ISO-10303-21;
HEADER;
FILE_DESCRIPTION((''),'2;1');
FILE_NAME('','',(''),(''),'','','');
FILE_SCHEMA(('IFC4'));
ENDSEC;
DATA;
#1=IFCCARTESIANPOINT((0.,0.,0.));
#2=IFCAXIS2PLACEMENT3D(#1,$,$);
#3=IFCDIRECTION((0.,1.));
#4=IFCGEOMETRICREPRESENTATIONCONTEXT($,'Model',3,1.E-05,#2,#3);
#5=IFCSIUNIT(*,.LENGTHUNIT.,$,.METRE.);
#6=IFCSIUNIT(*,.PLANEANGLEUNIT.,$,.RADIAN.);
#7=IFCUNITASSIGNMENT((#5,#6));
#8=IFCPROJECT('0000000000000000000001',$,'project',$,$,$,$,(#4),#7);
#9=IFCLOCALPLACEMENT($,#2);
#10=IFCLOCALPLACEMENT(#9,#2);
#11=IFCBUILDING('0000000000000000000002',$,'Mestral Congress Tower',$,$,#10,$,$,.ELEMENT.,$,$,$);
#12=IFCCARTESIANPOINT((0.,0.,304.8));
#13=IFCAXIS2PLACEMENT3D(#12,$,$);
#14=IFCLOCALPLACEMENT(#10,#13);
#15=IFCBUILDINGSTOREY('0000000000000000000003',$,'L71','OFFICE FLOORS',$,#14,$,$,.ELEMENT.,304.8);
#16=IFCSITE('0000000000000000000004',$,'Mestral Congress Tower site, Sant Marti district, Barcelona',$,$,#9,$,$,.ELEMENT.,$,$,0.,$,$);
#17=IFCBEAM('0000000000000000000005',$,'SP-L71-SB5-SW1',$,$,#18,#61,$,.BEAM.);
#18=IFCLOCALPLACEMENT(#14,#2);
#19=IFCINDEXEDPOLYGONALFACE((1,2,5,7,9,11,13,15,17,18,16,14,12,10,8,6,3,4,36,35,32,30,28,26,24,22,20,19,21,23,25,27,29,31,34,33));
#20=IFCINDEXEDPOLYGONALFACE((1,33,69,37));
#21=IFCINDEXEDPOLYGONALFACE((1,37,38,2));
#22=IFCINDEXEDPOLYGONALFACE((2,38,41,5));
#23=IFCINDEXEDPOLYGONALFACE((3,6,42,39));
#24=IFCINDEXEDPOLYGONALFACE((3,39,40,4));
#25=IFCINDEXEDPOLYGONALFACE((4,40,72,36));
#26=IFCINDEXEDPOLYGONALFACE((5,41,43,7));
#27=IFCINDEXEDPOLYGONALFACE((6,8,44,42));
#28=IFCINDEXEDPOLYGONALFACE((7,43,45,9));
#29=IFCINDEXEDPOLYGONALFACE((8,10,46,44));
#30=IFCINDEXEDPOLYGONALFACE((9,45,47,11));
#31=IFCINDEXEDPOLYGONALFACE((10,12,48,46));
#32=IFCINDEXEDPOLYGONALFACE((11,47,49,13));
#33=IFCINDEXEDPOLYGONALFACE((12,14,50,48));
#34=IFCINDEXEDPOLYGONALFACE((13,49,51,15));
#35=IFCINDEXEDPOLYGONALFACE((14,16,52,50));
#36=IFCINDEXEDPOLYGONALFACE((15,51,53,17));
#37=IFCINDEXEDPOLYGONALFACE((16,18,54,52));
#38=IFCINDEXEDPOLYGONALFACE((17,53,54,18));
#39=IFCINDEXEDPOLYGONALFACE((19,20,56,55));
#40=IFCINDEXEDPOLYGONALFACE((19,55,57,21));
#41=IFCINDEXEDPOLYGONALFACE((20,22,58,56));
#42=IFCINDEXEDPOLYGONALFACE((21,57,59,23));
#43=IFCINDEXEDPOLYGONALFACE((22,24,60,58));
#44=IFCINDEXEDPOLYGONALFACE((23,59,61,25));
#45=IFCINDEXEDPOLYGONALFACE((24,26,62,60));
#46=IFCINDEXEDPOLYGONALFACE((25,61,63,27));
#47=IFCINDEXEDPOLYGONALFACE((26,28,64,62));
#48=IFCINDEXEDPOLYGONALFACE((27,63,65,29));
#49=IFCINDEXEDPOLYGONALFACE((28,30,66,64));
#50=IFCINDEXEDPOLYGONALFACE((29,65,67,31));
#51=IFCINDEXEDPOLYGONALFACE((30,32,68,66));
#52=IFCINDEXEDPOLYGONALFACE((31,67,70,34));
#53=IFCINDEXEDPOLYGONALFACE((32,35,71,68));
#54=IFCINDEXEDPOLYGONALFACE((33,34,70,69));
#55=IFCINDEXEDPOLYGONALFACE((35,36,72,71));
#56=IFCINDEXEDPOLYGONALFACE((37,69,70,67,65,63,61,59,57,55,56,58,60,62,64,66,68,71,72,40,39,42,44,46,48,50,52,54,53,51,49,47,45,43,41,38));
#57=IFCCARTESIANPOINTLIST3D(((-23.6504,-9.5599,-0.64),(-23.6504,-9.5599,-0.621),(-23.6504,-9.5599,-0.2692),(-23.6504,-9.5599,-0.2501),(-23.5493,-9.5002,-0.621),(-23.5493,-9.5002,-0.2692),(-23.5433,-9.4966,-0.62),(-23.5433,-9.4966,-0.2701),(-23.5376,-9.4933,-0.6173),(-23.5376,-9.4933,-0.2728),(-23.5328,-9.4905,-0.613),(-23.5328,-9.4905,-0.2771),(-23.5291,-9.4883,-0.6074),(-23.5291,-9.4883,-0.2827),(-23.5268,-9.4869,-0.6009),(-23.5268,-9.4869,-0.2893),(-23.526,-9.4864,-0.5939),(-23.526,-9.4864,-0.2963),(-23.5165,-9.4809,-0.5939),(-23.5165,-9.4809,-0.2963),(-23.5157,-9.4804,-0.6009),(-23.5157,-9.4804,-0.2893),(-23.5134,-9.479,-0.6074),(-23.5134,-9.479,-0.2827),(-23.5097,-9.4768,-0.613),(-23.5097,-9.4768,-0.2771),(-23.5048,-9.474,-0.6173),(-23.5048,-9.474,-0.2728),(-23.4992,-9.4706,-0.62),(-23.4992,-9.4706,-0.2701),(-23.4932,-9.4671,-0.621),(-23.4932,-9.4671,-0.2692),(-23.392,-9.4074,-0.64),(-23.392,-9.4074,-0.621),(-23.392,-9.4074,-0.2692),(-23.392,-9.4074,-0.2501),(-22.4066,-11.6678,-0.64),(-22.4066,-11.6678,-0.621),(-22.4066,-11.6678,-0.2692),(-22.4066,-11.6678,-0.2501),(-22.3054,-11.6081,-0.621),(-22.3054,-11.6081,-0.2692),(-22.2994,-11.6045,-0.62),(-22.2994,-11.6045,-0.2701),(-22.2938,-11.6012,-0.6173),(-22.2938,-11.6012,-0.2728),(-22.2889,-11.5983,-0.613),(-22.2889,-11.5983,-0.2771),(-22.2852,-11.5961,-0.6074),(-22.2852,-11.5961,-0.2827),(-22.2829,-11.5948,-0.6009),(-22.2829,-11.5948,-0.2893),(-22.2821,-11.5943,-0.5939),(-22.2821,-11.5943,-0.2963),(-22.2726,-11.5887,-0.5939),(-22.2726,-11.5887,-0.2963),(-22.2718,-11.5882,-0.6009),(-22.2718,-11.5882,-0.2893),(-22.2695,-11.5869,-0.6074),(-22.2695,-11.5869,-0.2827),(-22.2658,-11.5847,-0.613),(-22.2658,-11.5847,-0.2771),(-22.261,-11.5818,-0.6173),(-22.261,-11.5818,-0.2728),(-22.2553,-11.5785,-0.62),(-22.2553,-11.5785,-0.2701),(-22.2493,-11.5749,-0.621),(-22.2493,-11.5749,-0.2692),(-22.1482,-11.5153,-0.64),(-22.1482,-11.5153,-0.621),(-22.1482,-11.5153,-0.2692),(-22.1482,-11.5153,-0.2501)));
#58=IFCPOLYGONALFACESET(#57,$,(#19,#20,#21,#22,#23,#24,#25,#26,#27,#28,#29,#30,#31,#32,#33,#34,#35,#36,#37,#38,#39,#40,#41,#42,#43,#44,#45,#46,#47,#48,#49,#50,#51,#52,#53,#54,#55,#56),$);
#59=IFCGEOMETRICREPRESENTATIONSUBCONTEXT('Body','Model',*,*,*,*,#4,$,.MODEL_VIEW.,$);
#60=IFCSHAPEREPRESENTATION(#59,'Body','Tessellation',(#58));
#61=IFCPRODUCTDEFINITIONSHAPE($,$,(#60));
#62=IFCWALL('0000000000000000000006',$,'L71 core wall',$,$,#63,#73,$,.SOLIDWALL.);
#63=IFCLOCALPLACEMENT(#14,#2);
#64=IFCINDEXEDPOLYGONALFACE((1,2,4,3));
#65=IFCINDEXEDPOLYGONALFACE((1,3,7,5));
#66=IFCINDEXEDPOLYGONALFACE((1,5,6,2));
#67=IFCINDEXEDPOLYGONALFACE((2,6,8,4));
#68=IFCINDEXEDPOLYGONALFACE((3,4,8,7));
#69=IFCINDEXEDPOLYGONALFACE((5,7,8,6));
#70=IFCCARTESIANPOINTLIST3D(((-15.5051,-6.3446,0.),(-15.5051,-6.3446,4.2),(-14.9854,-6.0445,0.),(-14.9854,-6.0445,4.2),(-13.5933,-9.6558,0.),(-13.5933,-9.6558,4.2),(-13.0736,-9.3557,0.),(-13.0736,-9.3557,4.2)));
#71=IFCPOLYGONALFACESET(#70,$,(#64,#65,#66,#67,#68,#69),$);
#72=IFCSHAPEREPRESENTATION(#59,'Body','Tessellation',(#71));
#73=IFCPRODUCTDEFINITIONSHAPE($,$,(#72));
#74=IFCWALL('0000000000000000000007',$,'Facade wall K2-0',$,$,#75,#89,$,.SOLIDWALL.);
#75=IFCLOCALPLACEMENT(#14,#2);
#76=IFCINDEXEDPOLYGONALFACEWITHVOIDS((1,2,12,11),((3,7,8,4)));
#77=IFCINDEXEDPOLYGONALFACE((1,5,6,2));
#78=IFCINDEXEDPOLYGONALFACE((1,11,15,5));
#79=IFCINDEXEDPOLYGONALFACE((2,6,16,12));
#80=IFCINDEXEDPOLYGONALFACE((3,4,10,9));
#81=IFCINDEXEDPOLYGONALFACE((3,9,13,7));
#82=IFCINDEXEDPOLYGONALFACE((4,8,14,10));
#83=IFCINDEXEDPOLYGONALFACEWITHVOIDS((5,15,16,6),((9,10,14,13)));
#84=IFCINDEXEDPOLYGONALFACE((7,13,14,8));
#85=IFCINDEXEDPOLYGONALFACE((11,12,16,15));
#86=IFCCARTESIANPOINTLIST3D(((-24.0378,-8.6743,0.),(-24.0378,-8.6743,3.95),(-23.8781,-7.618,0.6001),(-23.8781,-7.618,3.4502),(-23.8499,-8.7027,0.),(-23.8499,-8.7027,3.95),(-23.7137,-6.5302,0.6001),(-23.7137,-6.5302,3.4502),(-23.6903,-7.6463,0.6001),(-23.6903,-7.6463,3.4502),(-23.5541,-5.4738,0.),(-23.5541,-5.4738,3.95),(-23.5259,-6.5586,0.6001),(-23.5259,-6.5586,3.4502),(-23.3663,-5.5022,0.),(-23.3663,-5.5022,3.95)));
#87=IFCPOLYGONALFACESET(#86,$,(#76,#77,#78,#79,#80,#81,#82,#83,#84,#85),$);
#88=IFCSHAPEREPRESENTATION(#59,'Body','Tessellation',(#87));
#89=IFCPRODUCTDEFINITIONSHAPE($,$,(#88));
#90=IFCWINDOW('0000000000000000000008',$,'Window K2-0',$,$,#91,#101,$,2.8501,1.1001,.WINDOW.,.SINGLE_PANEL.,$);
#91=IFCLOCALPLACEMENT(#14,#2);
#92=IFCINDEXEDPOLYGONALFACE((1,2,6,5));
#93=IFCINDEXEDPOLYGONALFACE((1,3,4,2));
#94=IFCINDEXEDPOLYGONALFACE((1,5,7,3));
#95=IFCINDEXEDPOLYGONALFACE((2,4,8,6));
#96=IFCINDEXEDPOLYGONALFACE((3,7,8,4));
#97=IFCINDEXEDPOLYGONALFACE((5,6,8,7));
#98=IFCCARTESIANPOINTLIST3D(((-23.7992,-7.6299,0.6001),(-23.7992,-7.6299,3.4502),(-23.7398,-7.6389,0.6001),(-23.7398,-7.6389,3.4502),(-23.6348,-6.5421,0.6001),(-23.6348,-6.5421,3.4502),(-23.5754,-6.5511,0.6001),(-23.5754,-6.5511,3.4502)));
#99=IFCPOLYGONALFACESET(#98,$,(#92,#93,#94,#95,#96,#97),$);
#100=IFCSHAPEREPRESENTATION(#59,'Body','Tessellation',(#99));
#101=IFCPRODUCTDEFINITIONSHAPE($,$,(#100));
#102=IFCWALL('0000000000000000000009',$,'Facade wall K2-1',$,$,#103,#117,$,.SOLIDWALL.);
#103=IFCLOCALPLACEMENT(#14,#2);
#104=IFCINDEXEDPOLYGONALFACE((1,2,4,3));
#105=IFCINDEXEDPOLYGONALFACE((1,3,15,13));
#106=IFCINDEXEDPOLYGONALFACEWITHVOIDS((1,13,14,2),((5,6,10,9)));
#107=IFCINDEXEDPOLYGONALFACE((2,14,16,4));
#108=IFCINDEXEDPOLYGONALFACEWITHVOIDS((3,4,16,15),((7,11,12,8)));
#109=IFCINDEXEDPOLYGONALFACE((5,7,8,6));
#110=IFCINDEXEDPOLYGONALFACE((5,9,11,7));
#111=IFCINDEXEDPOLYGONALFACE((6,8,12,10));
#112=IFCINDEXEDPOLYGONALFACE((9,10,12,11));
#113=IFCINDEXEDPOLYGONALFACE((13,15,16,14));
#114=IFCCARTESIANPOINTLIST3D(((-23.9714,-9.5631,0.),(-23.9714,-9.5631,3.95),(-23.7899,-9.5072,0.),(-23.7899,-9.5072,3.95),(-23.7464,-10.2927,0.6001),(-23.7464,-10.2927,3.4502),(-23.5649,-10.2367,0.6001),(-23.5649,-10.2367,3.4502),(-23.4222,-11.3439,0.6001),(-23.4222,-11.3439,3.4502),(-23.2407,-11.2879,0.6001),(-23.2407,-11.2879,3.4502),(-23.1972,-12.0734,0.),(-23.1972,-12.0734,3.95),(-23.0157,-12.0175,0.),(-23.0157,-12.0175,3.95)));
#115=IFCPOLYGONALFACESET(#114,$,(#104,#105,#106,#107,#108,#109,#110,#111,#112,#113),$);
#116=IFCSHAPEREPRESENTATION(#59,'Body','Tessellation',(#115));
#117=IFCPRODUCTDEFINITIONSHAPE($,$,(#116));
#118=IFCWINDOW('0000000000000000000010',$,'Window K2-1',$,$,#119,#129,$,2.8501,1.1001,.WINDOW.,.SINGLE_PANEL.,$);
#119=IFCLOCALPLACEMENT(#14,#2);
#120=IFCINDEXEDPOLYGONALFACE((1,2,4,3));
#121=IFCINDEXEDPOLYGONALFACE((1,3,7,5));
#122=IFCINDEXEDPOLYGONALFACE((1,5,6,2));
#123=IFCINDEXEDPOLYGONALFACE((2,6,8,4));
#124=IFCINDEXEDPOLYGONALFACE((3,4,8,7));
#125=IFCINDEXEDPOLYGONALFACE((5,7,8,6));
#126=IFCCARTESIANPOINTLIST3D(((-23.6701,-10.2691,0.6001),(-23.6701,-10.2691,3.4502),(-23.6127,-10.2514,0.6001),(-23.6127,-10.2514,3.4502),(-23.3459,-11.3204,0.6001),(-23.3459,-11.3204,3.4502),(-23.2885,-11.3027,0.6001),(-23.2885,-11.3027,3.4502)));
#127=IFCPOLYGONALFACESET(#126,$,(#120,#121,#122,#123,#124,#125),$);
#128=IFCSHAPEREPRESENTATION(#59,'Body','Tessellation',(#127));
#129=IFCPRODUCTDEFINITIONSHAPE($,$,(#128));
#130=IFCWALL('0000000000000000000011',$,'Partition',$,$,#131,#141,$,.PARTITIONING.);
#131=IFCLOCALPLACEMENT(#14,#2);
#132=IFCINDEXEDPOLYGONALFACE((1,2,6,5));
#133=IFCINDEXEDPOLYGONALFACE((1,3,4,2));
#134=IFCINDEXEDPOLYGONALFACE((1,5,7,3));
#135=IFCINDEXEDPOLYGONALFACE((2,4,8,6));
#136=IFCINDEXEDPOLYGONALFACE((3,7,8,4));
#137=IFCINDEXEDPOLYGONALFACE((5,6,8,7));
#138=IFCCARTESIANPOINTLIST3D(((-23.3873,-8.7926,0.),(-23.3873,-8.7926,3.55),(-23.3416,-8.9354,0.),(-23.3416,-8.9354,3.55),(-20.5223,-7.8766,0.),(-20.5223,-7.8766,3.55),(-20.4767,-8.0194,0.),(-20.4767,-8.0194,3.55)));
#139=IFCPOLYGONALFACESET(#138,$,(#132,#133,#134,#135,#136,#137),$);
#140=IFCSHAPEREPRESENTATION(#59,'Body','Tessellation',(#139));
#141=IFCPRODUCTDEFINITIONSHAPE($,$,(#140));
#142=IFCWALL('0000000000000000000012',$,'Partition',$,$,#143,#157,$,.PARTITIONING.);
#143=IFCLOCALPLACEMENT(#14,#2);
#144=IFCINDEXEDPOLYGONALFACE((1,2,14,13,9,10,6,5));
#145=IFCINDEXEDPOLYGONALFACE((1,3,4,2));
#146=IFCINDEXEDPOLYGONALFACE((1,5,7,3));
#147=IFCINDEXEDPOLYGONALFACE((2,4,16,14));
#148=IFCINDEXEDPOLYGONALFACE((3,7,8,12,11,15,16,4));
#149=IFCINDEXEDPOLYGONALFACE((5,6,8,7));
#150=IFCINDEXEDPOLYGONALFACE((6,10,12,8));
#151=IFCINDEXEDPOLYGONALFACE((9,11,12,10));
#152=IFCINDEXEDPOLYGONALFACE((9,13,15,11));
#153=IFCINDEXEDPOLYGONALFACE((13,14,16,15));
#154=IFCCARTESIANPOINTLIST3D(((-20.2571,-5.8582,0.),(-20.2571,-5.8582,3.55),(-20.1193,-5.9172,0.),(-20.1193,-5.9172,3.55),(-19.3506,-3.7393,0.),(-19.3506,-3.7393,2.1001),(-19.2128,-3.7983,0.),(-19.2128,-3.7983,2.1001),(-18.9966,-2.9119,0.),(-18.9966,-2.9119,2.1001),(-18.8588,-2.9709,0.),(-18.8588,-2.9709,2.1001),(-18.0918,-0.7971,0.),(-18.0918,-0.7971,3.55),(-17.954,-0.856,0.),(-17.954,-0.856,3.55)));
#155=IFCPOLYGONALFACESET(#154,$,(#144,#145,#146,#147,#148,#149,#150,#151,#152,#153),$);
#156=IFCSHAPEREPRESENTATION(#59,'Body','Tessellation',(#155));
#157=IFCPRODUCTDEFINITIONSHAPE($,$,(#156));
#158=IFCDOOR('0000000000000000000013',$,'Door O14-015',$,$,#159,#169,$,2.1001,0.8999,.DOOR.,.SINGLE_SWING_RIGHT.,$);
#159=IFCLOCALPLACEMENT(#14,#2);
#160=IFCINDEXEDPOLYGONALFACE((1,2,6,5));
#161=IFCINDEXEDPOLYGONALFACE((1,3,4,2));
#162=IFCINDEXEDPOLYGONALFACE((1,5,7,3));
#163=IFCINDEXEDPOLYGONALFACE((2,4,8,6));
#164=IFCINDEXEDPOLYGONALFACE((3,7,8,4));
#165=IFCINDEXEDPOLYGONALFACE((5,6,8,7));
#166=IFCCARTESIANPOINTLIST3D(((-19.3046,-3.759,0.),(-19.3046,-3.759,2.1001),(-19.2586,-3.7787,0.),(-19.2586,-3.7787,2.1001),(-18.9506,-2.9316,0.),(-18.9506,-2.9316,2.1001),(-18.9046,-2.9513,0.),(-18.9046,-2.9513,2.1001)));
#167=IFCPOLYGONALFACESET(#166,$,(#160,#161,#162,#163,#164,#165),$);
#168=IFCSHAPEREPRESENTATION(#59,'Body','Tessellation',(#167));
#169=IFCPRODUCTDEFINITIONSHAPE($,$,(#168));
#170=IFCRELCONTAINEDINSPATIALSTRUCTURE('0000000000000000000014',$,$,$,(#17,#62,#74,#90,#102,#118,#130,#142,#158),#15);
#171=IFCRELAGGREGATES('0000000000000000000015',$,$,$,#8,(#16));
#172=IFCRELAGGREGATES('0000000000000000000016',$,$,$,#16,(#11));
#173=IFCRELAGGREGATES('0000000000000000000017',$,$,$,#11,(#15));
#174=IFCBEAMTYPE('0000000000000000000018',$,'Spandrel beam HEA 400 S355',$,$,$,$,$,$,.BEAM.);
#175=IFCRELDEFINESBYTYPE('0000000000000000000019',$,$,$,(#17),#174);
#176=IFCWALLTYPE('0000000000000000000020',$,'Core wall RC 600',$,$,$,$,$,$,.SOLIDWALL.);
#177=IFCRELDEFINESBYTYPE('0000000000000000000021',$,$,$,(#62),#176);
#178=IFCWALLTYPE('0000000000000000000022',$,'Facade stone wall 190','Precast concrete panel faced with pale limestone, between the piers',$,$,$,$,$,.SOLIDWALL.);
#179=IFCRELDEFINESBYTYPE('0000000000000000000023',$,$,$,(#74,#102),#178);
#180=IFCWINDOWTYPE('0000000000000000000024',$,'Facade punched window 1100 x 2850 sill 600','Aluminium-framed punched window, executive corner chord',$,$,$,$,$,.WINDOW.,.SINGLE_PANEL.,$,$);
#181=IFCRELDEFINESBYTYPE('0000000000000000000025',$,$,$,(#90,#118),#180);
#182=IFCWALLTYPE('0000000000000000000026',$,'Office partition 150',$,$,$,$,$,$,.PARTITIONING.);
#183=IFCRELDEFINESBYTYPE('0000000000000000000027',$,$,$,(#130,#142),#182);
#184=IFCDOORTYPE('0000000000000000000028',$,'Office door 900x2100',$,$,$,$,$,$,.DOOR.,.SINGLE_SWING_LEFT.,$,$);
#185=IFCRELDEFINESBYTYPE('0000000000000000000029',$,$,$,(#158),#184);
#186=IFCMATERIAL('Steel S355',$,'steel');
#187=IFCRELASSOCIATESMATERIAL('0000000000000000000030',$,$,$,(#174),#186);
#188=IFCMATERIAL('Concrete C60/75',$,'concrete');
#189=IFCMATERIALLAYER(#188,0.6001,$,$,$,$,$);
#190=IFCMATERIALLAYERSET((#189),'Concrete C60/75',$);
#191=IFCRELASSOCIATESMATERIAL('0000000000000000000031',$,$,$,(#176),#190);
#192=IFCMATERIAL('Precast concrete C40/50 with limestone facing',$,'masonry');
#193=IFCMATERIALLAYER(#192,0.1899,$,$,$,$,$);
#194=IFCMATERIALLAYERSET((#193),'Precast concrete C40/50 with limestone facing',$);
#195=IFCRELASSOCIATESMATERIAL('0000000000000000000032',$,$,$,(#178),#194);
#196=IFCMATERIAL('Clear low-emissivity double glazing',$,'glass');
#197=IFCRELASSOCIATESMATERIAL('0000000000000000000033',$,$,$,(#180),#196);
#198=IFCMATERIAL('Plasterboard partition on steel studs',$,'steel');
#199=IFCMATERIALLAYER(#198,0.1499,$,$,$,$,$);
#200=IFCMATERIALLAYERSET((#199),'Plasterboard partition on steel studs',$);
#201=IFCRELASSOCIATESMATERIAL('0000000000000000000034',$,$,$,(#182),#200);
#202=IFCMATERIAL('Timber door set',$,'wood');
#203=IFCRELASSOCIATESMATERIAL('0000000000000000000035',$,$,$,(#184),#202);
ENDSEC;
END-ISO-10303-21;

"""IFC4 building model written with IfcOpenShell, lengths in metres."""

from ifc_helpers import new_model, si_unit, direction, frame, frame_2d, origin, origin_2d, place, context, subcontext, project, spatial, rectangle, i_section, extrude, material, layer, layer_set, material_profile, profile_set, type_object, element, fill, save


model = new_model("IFC4")

# Units and contexts
model_context = context("Model", 3, precision=1e-05, world=origin(), true_north=direction((0.0, 1.0)))
body_context = subcontext(model_context, "Body", "Model", "MODEL_VIEW")
ifc_project = project(units=[si_unit("LENGTHUNIT", "METRE"), si_unit("PLANEANGLEUNIT", "RADIAN")], contexts=[model_context])

# Site, building, storey
site_placement = place(None, origin())
site = spatial("IfcSite", under=ifc_project, at=site_placement, Name="Mestral Congress Tower site, Sant Marti district, Barcelona", CompositionType="ELEMENT", RefElevation=0.0)
building_placement = place(site_placement, origin())
building = spatial("IfcBuilding", under=site, at=building_placement, Name="Mestral Congress Tower", CompositionType="ELEMENT")
storey_placement = place(building_placement, frame((0.0, 0.0, 304.8)))
storey = spatial("IfcBuildingStorey", under=building, at=storey_placement, Name="L71", Description="OFFICE FLOORS", CompositionType="ELEMENT", Elevation=304.8)

# Shared definitions
ifc_material_1 = material(Name="Concrete C60/75", Category="concrete")

# Beam
ifc_material_2 = material(Name="Steel S355", Category="steel")
ifc_material_profile_1 = material_profile(ifc_material_2, i_section(OverallWidth=0.3, OverallDepth=0.3899, WebThickness=0.011, FlangeThickness=0.019, FilletRadius=0.0271, at=origin_2d()), Name="HEA 400")
ifc_profile_set_1 = profile_set([ifc_material_profile_1], Name="Steel S355")
beam_type_1 = type_object("IfcBeamType", Name="Spandrel beam HEA 400 S355", PredefinedType="BEAM", material=ifc_profile_set_1)
beam_1_placement = place(storey_placement, frame((-23.5212, -9.4836, -0.4451), z_axis=(0.508218, -0.861228, 0.0), x_axis=(0.861228, 0.508218, 0.0)))
element("IfcBeam", 1, at=beam_1_placement, inside=storey, type_object=beam_type_1, Name="SP-L71-SB5-SW1", PredefinedType="BEAM", context=body_context, shape_type="SweptSolid", body=[
    extrude(i_section(OverallWidth=0.3, OverallDepth=0.3899, WebThickness=0.011, FlangeThickness=0.019, FilletRadius=0.0271, at=origin_2d()), origin(), (0.0, 0.0, 1.0), 2.4475),
])

# Wall
ifc_layer_1 = layer(ifc_material_1, 0.6001)
ifc_layer_set_1 = layer_set([ifc_layer_1], Name="Concrete C60/75")
wall_type_1 = type_object("IfcWallType", Name="Core wall RC 600", PredefinedType="SOLIDWALL", material=ifc_layer_set_1)
wall_1_placement = place(storey_placement, frame((-13.3335, -9.5056, 0.0), z_axis=(0.0, 0.0, 1.0), x_axis=(-0.500019, 0.866014, 0.0)))
element("IfcWall", 2, at=wall_1_placement, inside=storey, type_object=wall_type_1, Name="L71 core wall", PredefinedType="SOLIDWALL", context=body_context, shape_type="SweptSolid", body=[
    extrude(rectangle(XDim=3.8235, YDim=0.6001, at=frame_2d((1.9116, 0.0))), origin(), (0.0, 0.0, 1.0), 4.2),
])

# Walls, openings, windows
ifc_material_3 = material(Name="Precast concrete C40/50 with limestone facing", Category="masonry")
ifc_layer_2 = layer(ifc_material_3, 0.1899)
ifc_layer_set_2 = layer_set([ifc_layer_2], Name="Precast concrete C40/50 with limestone facing")
wall_type_2 = type_object("IfcWallType", Name="Facade stone wall 190", Description="Precast concrete panel faced with pale limestone, between the piers", PredefinedType="SOLIDWALL", material=ifc_layer_set_2)
wall_2_placement = place(storey_placement, frame((-23.4602, -5.488, 0.0), z_axis=(0.0, 0.0, 1.0), x_axis=(-0.149421, -0.988774, 0.0)))
wall_2 = element("IfcWall", 3, at=wall_2_placement, inside=storey, type_object=wall_type_2, Name="Facade wall K2-0", PredefinedType="SOLIDWALL", context=body_context, shape_type="SweptSolid", body=[
    extrude(rectangle(XDim=3.2368, YDim=0.1899, at=frame_2d((1.6184, 0.0))), origin(), (0.0, 0.0, 1.0), 3.95),
])
opening_1_placement = place(wall_2_placement, frame((1.0684, 0.0, 0.6001)))
opening_1 = element("IfcOpeningElement", 4, at=opening_1_placement, cuts=wall_2, PredefinedType="OPENING", context=body_context, shape_type="SweptSolid", body=[
    extrude(rectangle(XDim=1.1001, YDim=2.8501, at=frame_2d((0.55, 1.425))), frame((0.0, 0.105, 0.0), z_axis=(0.0, -1.0, 0.0), x_axis=(1.0, 0.0, 0.0)), (0.0, 0.0, 1.0), 0.21),
])
ifc_material_4 = material(Name="Clear low-emissivity double glazing", Category="glass")
window_type = type_object("IfcWindowType", Name="Facade punched window 1100 x 2850 sill 600", Description="Aluminium-framed punched window, executive corner chord", PartitioningType="SINGLE_PANEL", PredefinedType="WINDOW", material=ifc_material_4)
window_1_placement = place(opening_1_placement, origin())
window_1 = element("IfcWindow", 5, at=window_1_placement, inside=storey, type_object=window_type, Name="Window K2-0", OverallHeight=2.8501, OverallWidth=1.1001, PartitioningType="SINGLE_PANEL", PredefinedType="WINDOW", context=body_context, shape_type="SweptSolid", body=[
    extrude(rectangle(XDim=1.1001, YDim=2.8501, at=frame_2d((0.55, 1.425))), frame((0.0, 0.0449, 0.0), z_axis=(0.0, -1.0, 0.0), x_axis=(1.0, 0.0, 0.0)), (0.0, 0.0, 1.0), 0.0601),
])
fill(opening_1, window_1)
wall_3_placement = place(storey_placement, frame((-23.8806, -9.5352, 0.0), z_axis=(0.0, 0.0, 1.0), x_axis=(0.294706, -0.955588, 0.0)))
wall_3 = element("IfcWall", 6, at=wall_3_placement, inside=storey, type_object=wall_type_2, Name="Facade wall K2-1", PredefinedType="SOLIDWALL", context=body_context, shape_type="SweptSolid", body=[
    extrude(rectangle(XDim=2.627, YDim=0.1899, at=frame_2d((1.3135, 0.0))), origin(), (0.0, 0.0, 1.0), 3.95),
])
opening_2_placement = place(wall_3_placement, frame((0.7634, 0.0, 0.6001)))
opening_2 = element("IfcOpeningElement", 7, at=opening_2_placement, cuts=wall_3, PredefinedType="OPENING", context=body_context, shape_type="SweptSolid", body=[
    extrude(rectangle(XDim=1.1001, YDim=2.8501, at=frame_2d((0.55, 1.425))), frame((0.0, 0.105, 0.0), z_axis=(0.0, -1.0, 0.0), x_axis=(1.0, 0.0, 0.0)), (0.0, 0.0, 1.0), 0.21),
])
window_2_placement = place(opening_2_placement, origin())
window_2 = element("IfcWindow", 8, at=window_2_placement, inside=storey, type_object=window_type, Name="Window K2-1", OverallHeight=2.8501, OverallWidth=1.1001, PartitioningType="SINGLE_PANEL", PredefinedType="WINDOW", context=body_context, shape_type="SweptSolid", body=[
    extrude(rectangle(XDim=1.1001, YDim=2.8501, at=frame_2d((0.55, 1.425))), frame((0.0, 0.0449, 0.0), z_axis=(0.0, -1.0, 0.0), x_axis=(1.0, 0.0, 0.0)), (0.0, 0.0, 1.0), 0.0601),
])
fill(opening_2, window_2)

# Wall
ifc_material_5 = material(Name="Plasterboard partition on steel studs", Category="steel")
ifc_layer_3 = layer(ifc_material_5, 0.1499)
ifc_layer_set_3 = layer_set([ifc_layer_3], Name="Plasterboard partition on steel studs")
wall_type_3 = type_object("IfcWallType", Name="Office partition 150", PredefinedType="PARTITIONING", material=ifc_layer_set_3)
wall_4_placement = place(storey_placement, frame((-20.4995, -7.948, 0.0), z_axis=(0.0, 0.0, 1.0), x_axis=(-0.9525, -0.30454, 0.0)))
element("IfcWall", 9, at=wall_4_placement, inside=storey, type_object=wall_type_3, Name="Partition", PredefinedType="PARTITIONING", context=body_context, shape_type="SweptSolid", body=[
    extrude(rectangle(XDim=3.0078, YDim=0.1499, at=frame_2d((1.5039, 0.0))), origin(), (0.0, 0.0, 1.0), 3.55),
])

# Wall, opening, door
wall_5_placement = place(storey_placement, frame((-20.1882, -5.8877, 0.0), z_axis=(0.0, 0.0, 1.0), x_axis=(0.393346, 0.91939, 0.0)))
wall_5 = element("IfcWall", 10, at=wall_5_placement, inside=storey, type_object=wall_type_3, Name="Partition", PredefinedType="PARTITIONING", context=body_context, shape_type="SweptSolid", body=[
    extrude(rectangle(XDim=5.5049, YDim=0.1499, at=frame_2d((2.7524, 0.0))), origin(), (0.0, 0.0, 1.0), 3.55),
])
opening_3_placement = place(wall_5_placement, frame((2.3047, 0.0, 0.0)))
opening_3 = element("IfcOpeningElement", 11, at=opening_3_placement, cuts=wall_5, PredefinedType="OPENING", context=body_context, shape_type="SweptSolid", body=[
    extrude(rectangle(XDim=0.8999, YDim=2.1001, at=frame_2d((0.45, 1.05))), frame((0.0, 0.085, 0.0), z_axis=(0.0, -1.0, 0.0), x_axis=(1.0, 0.0, 0.0)), (0.0, 0.0, 1.0), 0.1699),
])
ifc_material_6 = material(Name="Timber door set", Category="wood")
door_type = type_object("IfcDoorType", Name="Office door 900x2100", OperationType="SINGLE_SWING_LEFT", PredefinedType="DOOR", material=ifc_material_6)
door_placement = place(opening_3_placement, origin())
door = element("IfcDoor", 12, at=door_placement, inside=storey, type_object=door_type, Name="Door O14-015", OperationType="SINGLE_SWING_RIGHT", OverallHeight=2.1001, OverallWidth=0.8999, PredefinedType="DOOR", context=body_context, shape_type="SweptSolid", body=[
    extrude(rectangle(XDim=0.8999, YDim=2.1001, at=frame_2d((0.45, 1.05))), frame((0.0, 0.0249, 0.0), z_axis=(0.0, -1.0, 0.0), x_axis=(1.0, 0.0, 0.0)), (0.0, 0.0, 1.0), 0.05),
])
fill(opening_3, door)

save(model, "model.ifc")
